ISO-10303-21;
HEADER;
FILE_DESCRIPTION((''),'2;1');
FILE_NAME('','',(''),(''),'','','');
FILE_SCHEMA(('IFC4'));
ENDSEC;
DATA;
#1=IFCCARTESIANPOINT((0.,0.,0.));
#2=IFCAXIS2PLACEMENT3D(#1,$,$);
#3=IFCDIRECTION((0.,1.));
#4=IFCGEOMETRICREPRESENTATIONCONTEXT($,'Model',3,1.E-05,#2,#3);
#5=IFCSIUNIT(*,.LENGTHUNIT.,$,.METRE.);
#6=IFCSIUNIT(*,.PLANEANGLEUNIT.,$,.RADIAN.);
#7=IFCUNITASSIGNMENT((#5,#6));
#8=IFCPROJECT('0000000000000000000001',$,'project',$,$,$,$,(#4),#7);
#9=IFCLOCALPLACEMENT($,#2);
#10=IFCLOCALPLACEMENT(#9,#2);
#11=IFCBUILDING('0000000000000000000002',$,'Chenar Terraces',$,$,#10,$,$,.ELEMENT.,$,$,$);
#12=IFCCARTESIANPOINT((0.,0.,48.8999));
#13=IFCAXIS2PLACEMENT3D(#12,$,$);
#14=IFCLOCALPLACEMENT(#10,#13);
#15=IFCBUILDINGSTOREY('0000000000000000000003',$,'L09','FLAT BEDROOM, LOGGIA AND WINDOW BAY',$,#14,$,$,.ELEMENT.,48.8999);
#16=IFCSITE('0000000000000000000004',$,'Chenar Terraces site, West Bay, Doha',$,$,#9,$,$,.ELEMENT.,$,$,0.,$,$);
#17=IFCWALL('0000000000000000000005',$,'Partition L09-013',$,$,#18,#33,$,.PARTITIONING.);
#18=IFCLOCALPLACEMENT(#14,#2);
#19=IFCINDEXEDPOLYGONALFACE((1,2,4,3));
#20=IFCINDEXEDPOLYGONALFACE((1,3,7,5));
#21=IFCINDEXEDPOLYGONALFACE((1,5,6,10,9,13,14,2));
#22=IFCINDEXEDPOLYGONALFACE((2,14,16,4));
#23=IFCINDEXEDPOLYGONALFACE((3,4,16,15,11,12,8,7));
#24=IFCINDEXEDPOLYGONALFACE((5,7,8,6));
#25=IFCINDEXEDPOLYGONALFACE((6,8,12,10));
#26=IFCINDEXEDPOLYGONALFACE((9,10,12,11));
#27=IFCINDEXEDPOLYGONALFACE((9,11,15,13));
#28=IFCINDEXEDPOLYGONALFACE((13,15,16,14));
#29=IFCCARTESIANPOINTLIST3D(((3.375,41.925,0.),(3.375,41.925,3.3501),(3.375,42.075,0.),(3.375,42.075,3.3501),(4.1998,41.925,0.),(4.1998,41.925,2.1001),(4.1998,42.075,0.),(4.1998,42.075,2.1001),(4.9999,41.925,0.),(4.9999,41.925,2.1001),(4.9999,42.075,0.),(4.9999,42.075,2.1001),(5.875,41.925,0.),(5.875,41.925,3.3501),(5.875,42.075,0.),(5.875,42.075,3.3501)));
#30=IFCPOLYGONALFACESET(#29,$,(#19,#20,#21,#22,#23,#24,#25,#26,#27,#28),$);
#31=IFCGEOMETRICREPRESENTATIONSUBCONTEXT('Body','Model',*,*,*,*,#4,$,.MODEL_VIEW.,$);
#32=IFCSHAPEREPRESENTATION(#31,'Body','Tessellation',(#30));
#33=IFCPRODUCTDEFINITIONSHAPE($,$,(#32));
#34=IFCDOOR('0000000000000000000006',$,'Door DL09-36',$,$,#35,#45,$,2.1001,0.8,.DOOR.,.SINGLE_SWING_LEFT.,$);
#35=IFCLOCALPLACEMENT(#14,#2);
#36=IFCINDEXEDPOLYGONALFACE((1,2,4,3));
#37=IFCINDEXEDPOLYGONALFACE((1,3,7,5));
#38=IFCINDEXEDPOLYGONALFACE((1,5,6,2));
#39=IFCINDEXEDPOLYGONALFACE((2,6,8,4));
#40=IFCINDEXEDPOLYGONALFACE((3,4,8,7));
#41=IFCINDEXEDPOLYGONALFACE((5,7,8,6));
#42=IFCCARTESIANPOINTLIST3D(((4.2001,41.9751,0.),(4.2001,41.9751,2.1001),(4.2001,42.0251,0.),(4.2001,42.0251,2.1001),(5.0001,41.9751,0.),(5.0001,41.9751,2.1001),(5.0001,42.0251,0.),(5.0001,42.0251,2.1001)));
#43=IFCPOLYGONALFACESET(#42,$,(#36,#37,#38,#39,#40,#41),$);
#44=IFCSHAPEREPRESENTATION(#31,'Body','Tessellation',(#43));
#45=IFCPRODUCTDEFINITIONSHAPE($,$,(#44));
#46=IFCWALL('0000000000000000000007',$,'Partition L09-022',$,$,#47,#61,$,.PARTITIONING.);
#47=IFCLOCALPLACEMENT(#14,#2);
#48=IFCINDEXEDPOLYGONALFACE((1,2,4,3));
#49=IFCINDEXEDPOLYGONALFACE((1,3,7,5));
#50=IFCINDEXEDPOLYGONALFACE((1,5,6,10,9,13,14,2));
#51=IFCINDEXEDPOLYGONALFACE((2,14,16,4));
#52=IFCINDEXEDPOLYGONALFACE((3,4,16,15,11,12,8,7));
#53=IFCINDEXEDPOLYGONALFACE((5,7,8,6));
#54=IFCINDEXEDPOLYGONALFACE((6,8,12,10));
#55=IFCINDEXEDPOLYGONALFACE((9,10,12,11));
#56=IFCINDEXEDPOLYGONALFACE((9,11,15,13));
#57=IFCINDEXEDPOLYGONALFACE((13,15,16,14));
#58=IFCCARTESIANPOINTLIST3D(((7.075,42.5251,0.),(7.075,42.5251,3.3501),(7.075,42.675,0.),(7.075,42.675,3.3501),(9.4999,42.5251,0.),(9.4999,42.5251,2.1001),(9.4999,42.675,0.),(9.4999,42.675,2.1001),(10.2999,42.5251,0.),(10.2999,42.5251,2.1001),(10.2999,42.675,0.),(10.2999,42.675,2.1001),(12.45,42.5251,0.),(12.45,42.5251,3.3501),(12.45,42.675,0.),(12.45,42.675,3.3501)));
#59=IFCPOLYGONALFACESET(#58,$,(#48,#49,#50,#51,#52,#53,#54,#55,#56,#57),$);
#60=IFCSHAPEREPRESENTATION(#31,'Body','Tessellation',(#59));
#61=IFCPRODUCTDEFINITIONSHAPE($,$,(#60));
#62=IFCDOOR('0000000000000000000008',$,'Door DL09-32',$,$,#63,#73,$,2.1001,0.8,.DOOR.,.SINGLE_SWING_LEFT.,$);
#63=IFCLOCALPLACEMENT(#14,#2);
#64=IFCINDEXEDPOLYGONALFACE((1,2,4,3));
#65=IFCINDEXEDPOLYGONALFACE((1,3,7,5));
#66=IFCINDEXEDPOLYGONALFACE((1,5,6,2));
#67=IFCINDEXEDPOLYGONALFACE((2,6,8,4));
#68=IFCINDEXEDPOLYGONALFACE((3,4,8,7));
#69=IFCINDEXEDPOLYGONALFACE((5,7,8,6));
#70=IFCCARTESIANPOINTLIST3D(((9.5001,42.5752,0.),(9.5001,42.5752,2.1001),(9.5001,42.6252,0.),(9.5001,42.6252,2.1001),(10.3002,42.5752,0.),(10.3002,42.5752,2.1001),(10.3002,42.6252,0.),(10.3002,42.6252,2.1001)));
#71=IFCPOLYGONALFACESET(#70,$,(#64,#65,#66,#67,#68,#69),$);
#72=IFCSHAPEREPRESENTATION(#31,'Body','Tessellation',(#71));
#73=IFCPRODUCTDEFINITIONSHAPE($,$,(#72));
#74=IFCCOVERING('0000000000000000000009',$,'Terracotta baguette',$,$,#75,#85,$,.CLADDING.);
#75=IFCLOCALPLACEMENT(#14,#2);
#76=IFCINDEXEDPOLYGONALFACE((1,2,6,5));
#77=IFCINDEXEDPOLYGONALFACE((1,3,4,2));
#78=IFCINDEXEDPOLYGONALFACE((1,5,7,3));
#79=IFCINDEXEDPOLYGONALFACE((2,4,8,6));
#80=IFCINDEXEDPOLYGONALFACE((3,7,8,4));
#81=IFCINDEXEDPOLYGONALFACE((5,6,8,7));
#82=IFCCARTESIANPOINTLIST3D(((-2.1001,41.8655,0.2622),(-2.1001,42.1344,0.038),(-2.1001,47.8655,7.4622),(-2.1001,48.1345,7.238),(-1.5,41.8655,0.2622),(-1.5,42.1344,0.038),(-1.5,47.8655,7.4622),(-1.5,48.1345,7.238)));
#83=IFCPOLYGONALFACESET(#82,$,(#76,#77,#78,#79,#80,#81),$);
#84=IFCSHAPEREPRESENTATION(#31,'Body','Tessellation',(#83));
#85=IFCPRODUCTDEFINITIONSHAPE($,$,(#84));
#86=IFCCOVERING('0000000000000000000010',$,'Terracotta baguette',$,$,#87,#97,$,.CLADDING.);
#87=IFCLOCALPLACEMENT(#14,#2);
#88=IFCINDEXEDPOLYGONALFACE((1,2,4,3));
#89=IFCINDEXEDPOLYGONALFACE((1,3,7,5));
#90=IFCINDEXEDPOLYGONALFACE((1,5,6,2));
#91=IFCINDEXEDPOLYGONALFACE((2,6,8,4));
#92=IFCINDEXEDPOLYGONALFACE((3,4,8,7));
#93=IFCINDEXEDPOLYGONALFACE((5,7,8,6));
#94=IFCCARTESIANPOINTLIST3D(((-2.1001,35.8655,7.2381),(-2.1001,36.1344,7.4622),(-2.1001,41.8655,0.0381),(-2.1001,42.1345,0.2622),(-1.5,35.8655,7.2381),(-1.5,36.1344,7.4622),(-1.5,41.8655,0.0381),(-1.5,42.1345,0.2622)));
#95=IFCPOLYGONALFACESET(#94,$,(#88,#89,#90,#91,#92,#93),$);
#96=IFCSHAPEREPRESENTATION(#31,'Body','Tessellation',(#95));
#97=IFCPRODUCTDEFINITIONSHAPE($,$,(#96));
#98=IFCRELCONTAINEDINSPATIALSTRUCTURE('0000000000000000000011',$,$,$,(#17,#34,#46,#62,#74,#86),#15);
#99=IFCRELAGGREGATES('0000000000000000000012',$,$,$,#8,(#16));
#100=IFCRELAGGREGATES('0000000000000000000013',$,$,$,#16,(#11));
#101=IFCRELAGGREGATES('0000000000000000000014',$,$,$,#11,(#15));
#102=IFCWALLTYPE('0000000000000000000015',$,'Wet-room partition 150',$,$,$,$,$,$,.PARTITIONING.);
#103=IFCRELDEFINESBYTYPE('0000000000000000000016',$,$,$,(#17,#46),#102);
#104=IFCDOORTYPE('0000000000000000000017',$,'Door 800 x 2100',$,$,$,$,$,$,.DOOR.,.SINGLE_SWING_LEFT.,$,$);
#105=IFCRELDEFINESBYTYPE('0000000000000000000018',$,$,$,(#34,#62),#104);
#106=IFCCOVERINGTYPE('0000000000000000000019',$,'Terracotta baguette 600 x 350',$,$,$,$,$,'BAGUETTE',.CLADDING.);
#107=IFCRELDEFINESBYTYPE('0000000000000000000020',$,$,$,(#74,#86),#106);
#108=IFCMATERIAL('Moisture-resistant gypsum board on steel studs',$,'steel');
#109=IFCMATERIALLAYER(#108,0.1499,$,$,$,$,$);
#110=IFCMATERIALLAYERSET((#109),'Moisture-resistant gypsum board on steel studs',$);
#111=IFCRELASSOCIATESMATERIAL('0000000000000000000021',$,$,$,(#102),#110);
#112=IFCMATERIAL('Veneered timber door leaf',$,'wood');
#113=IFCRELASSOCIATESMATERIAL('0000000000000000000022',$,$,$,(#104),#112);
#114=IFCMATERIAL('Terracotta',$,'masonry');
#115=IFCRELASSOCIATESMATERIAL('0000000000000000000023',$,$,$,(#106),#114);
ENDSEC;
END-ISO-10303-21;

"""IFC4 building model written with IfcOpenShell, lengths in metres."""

from ifc_helpers import new_model, si_unit, direction, frame, frame_2d, origin, origin_2d, place, context, subcontext, project, spatial, rectangle, extrude, material, layer, layer_set, material_profile, profile_set, type_object, element, fill, save


model = new_model("IFC4")

# Units and contexts
model_context = context("Model", 3, precision=1e-05, world=origin(), true_north=direction((0.0, 1.0)))
body_context = subcontext(model_context, "Body", "Model", "MODEL_VIEW")
ifc_project = project(units=[si_unit("LENGTHUNIT", "METRE"), si_unit("PLANEANGLEUNIT", "RADIAN")], contexts=[model_context])

# Site, building, storey
site_placement = place(None, origin())
site = spatial("IfcSite", under=ifc_project, at=site_placement, Name="Chenar Terraces site, West Bay, Doha", CompositionType="ELEMENT", RefElevation=0.0)
building_placement = place(site_placement, origin())
building = spatial("IfcBuilding", under=site, at=building_placement, Name="Chenar Terraces", CompositionType="ELEMENT")
storey_placement = place(building_placement, frame((0.0, 0.0, 48.8999)))
storey = spatial("IfcBuildingStorey", under=building, at=storey_placement, Name="L09", Description="FLAT BEDROOM, LOGGIA AND WINDOW BAY", CompositionType="ELEMENT", Elevation=48.8999)

# Walls, openings, doors
ifc_material_1 = material(Name="Moisture-resistant gypsum board on steel studs", Category="steel")
ifc_layer_1 = layer(ifc_material_1, 0.1499)
ifc_layer_set_1 = layer_set([ifc_layer_1], Name="Moisture-resistant gypsum board on steel studs")
wall_type_1 = type_object("IfcWallType", Name="Wet-room partition 150", PredefinedType="PARTITIONING", material=ifc_layer_set_1)
wall_1_placement = place(storey_placement, frame((3.375, 42.0, 0.0), z_axis=(0.0, 0.0, 1.0), x_axis=(1.0, 0.0, 0.0)))
wall_1 = element("IfcWall", 1, at=wall_1_placement, inside=storey, type_object=wall_type_1, Name="Partition L09-013", PredefinedType="PARTITIONING", context=body_context, shape_type="SweptSolid", body=[
    extrude(rectangle(XDim=2.5, YDim=0.1499, at=frame_2d((1.25, 0.0))), origin(), (0.0, 0.0, 1.0), 3.3501),
])
opening_1_placement = place(wall_1_placement, frame((0.825, 0.0, 0.0)))
opening_1 = element("IfcOpeningElement", 2, at=opening_1_placement, cuts=wall_1, PredefinedType="OPENING", context=body_context, shape_type="SweptSolid", body=[
    extrude(rectangle(XDim=0.8, YDim=2.1001, at=frame_2d((0.3999, 1.05))), frame((0.0, 0.085, 0.0), z_axis=(0.0, -1.0, 0.0), x_axis=(1.0, 0.0, 0.0)), (0.0, 0.0, 1.0), 0.1699),
])
ifc_material_2 = material(Name="Veneered timber door leaf", Category="wood")
door_type_1 = type_object("IfcDoorType", Name="Door 800 x 2100", OperationType="SINGLE_SWING_LEFT", PredefinedType="DOOR", material=ifc_material_2)
door_1_placement = place(opening_1_placement, frame((0.8, 0.0, 0.0), z_axis=(0.0, 0.0, 1.0), x_axis=(-1.0, 0.0, 0.0)))
door_1 = element("IfcDoor", 3, at=door_1_placement, inside=storey, type_object=door_type_1, Name="Door DL09-36", OperationType="SINGLE_SWING_LEFT", OverallHeight=2.1001, OverallWidth=0.8, PredefinedType="DOOR", context=body_context, shape_type="SweptSolid", body=[
    extrude(rectangle(XDim=0.8, YDim=2.1001, at=frame_2d((0.3999, 1.05))), frame((0.0, 0.0249, 0.0), z_axis=(0.0, -1.0, 0.0), x_axis=(1.0, 0.0, 0.0)), (0.0, 0.0, 1.0), 0.05),
])
fill(opening_1, door_1)
wall_2_placement = place(storey_placement, frame((7.075, 42.6001, 0.0), z_axis=(0.0, 0.0, 1.0), x_axis=(1.0, 0.0, 0.0)))
wall_2 = element("IfcWall", 4, at=wall_2_placement, inside=storey, type_object=wall_type_1, Name="Partition L09-022", PredefinedType="PARTITIONING", context=body_context, shape_type="SweptSolid", body=[
    extrude(rectangle(XDim=5.375, YDim=0.1499, at=frame_2d((2.6875, 0.0))), origin(), (0.0, 0.0, 1.0), 3.3501),
])
opening_2_placement = place(wall_2_placement, frame((2.425, 0.0, 0.0)))
opening_2 = element("IfcOpeningElement", 5, at=opening_2_placement, cuts=wall_2, PredefinedType="OPENING", context=body_context, shape_type="SweptSolid", body=[
    extrude(rectangle(XDim=0.8, YDim=2.1001, at=frame_2d((0.3999, 1.05))), frame((0.0, 0.085, 0.0), z_axis=(0.0, -1.0, 0.0), x_axis=(1.0, 0.0, 0.0)), (0.0, 0.0, 1.0), 0.1699),
])
door_2_placement = place(opening_2_placement, frame((0.8, 0.0, 0.0), z_axis=(0.0, 0.0, 1.0), x_axis=(-1.0, 0.0, 0.0)))
door_2 = element("IfcDoor", 6, at=door_2_placement, inside=storey, type_object=door_type_1, Name="Door DL09-32", OperationType="SINGLE_SWING_LEFT", OverallHeight=2.1001, OverallWidth=0.8, PredefinedType="DOOR", context=body_context, shape_type="SweptSolid", body=[
    extrude(rectangle(XDim=0.8, YDim=2.1001, at=frame_2d((0.3999, 1.05))), frame((0.0, 0.0249, 0.0), z_axis=(0.0, -1.0, 0.0), x_axis=(1.0, 0.0, 0.0)), (0.0, 0.0, 1.0), 0.05),
])
fill(opening_2, door_2)

# Coverings
ifc_material_3 = material(Name="Terracotta", Category="masonry")
ifc_material_profile_1 = material_profile(ifc_material_3, rectangle(XDim=0.6001, YDim=0.3501, at=origin_2d()), Name="Terracotta baguette 600 x 350")
ifc_profile_set_1 = profile_set([ifc_material_profile_1], Name="Terracotta")
covering_type = type_object("IfcCoveringType", Name="Terracotta baguette 600 x 350", ElementType="BAGUETTE", PredefinedType="CLADDING", material=ifc_profile_set_1)
for number, where, z_axis, x_axis, name in (
    (7, (-1.8, 48.0, 7.3501), (0.0, -0.640187, -0.768219), (1.0, 0.0, 0.0), "Terracotta baguette"),
    (8, (-1.8, 42.0, 0.1501), (0.0, -0.640187, 0.768219), (1.0, 0.0, 0.0), "Terracotta baguette"),
):
    element("IfcCovering", number, at=place(storey_placement, frame(where, z_axis=z_axis, x_axis=x_axis)), inside=storey, type_object=covering_type, Name=name, PredefinedType="CLADDING", context=body_context, shape_type="SweptSolid", body=[
        extrude(rectangle(XDim=0.6001, YDim=0.3501, at=origin_2d()), origin(), (0.0, 0.0, 1.0), 9.3723),
    ])

save(model, "model.ifc")
